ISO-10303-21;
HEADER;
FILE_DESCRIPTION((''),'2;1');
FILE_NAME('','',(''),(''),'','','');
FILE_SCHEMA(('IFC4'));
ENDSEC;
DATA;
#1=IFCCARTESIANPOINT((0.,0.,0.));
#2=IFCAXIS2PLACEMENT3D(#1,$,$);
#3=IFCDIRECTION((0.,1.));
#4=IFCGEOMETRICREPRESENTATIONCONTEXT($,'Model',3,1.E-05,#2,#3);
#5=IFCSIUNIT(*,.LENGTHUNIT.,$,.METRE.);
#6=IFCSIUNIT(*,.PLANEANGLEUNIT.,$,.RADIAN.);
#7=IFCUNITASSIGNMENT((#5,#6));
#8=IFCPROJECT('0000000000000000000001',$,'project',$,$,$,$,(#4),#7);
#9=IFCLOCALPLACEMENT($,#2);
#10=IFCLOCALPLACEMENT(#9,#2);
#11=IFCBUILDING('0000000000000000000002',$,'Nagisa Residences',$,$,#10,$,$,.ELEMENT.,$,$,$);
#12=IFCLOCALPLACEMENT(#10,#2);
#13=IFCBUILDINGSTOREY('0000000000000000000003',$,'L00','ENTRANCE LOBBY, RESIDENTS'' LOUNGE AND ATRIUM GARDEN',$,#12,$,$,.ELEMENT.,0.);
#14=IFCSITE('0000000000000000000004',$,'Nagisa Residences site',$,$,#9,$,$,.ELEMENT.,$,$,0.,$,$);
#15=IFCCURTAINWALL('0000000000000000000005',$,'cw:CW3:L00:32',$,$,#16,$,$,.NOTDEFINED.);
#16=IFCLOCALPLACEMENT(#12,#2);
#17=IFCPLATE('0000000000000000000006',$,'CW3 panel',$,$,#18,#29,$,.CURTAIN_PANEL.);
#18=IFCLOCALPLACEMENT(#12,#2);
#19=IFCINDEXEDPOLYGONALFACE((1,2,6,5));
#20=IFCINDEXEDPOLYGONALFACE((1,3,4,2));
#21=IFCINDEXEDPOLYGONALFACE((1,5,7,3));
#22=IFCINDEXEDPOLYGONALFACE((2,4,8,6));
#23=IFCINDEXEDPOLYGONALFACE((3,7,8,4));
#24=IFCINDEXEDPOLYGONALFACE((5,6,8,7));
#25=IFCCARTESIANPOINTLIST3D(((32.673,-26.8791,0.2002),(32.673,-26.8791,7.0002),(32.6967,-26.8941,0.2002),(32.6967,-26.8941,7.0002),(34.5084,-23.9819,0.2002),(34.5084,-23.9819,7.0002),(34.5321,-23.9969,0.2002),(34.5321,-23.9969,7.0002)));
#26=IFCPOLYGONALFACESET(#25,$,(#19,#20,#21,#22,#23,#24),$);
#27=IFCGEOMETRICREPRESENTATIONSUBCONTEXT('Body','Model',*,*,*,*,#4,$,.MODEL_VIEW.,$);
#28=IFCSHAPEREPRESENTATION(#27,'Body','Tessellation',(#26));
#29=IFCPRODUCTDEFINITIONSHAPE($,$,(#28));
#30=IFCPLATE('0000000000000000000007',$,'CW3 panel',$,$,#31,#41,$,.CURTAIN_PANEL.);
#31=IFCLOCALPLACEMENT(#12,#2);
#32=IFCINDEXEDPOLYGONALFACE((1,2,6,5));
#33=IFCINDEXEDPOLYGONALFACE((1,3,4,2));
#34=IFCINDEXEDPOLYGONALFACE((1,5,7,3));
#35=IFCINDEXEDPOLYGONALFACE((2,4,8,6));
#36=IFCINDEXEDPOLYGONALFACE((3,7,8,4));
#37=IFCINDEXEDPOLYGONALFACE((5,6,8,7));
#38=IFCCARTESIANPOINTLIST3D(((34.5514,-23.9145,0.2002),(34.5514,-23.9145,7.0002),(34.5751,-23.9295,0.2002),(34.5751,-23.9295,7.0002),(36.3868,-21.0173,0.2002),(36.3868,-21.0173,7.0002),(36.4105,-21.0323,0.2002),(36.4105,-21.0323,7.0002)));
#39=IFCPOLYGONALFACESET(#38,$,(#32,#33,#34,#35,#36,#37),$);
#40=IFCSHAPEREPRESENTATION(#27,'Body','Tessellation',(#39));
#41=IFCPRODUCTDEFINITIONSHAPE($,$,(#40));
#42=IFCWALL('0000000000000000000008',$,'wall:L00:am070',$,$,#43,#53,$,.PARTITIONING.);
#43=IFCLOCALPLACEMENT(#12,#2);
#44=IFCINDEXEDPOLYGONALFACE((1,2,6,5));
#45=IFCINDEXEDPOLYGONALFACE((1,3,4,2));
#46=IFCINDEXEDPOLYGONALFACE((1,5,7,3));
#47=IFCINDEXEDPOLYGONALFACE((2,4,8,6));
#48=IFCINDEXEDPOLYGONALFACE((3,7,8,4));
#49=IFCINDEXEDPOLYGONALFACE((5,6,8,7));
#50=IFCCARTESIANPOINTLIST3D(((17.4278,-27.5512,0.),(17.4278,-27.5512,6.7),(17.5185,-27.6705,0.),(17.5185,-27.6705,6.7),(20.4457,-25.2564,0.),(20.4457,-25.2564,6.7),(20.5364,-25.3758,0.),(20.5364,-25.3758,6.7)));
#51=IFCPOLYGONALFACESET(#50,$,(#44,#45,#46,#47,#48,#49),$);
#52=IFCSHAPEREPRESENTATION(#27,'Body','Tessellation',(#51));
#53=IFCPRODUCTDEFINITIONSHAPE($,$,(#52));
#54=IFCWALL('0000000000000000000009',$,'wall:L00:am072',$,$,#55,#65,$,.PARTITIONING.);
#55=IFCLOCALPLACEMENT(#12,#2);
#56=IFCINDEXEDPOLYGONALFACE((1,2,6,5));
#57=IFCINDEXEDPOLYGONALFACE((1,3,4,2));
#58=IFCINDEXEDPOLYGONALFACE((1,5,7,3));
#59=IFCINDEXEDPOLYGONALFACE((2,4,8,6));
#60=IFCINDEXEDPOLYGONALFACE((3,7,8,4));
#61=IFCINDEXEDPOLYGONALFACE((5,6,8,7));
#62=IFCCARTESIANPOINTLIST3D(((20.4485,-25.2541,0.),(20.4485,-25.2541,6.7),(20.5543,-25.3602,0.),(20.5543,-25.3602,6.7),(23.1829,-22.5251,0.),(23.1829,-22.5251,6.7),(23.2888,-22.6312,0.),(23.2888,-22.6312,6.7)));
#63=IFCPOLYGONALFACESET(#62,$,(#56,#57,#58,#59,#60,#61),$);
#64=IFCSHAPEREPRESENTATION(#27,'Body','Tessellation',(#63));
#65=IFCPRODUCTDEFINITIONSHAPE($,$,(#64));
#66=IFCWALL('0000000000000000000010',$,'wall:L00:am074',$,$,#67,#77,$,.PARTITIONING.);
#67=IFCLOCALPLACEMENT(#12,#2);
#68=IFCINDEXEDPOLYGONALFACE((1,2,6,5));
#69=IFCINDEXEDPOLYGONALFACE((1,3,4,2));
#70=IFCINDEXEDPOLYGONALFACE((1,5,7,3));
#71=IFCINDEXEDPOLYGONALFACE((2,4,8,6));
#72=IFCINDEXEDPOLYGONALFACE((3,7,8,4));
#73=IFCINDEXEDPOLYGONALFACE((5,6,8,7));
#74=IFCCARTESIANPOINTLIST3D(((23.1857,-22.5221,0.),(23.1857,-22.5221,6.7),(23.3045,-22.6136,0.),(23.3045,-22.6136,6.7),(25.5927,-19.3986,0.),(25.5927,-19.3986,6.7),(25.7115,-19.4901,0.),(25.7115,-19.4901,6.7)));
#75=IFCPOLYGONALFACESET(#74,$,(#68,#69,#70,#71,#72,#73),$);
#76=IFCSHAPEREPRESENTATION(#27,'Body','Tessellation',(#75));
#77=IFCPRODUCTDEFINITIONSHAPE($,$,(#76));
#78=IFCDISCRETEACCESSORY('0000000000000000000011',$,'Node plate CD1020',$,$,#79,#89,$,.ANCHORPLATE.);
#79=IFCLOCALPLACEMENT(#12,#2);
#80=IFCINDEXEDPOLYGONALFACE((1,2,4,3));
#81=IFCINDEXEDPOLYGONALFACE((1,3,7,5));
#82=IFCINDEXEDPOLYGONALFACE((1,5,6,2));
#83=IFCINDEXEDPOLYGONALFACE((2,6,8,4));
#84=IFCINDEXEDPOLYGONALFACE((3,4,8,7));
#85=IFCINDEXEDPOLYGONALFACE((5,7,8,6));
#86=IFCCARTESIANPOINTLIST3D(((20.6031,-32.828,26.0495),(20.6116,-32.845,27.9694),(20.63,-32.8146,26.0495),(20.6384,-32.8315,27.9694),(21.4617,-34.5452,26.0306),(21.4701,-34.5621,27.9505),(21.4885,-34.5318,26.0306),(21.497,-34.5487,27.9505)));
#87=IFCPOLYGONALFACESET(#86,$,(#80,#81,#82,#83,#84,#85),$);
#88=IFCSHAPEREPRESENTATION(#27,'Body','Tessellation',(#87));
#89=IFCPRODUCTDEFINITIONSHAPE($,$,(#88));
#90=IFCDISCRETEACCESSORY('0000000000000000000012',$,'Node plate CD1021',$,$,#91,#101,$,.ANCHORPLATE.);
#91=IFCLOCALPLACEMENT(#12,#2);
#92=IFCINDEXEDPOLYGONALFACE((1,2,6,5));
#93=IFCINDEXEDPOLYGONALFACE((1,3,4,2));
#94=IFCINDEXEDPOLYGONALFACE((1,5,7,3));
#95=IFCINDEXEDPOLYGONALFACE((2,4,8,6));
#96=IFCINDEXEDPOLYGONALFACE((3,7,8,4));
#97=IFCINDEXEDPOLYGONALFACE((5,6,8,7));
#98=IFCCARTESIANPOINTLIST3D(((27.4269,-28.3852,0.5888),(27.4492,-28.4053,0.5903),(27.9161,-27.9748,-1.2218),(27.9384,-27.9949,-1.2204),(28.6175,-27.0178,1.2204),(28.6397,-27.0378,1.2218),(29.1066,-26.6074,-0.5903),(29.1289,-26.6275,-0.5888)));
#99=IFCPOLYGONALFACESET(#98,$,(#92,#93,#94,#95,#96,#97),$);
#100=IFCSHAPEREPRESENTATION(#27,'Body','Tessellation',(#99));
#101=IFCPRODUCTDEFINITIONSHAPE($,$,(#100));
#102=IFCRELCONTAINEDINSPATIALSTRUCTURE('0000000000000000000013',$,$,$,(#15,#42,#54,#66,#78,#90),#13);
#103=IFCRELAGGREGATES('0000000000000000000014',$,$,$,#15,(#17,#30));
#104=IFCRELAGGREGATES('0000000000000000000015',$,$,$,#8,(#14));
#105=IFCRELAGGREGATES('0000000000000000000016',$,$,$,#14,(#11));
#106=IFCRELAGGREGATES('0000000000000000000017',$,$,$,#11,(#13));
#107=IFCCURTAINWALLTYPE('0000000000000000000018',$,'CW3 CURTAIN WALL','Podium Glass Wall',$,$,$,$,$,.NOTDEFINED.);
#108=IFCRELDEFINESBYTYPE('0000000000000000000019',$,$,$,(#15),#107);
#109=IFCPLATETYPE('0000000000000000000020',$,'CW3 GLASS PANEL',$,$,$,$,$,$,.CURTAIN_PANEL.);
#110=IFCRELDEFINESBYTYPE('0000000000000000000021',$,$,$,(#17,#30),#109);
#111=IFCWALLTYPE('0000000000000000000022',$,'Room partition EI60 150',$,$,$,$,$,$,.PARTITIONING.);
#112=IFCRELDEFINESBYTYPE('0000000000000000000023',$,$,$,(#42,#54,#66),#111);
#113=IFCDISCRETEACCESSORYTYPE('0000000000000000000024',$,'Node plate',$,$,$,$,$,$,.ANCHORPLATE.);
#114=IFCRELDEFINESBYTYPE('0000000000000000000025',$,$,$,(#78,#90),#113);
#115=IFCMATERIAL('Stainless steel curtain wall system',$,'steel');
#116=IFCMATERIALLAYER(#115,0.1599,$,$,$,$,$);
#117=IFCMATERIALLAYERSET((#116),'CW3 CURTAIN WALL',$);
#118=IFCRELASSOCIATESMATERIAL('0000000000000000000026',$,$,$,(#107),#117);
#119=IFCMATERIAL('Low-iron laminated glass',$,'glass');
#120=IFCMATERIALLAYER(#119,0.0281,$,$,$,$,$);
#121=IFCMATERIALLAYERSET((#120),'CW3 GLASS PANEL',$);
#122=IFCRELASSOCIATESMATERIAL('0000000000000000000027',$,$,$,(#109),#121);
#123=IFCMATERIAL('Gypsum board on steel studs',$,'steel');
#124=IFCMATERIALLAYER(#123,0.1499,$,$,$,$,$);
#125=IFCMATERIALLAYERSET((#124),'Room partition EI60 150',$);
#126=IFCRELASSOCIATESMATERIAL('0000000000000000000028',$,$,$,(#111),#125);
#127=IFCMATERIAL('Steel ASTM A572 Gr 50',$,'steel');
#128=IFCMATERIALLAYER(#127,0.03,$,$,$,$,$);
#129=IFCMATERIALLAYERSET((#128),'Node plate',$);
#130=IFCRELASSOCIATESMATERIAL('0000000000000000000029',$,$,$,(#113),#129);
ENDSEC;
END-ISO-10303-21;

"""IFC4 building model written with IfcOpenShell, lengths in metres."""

from ifc_helpers import new_model, si_unit, direction, frame, frame_2d, origin, origin_2d, place, context, subcontext, project, spatial, rectangle, extrude, material, layer, layer_set, type_object, element, aggregate, save


model = new_model("IFC4")

# Units and contexts
model_context = context("Model", 3, precision=1e-05, world=origin(), true_north=direction((0.0, 1.0)))
body_context = subcontext(model_context, "Body", "Model", "MODEL_VIEW")
ifc_project = project(units=[si_unit("LENGTHUNIT", "METRE"), si_unit("PLANEANGLEUNIT", "RADIAN")], contexts=[model_context])

# Site, building, storey
site_placement = place(None, origin())
site = spatial("IfcSite", under=ifc_project, at=site_placement, Name="Nagisa Residences site", CompositionType="ELEMENT", RefElevation=0.0)
building_placement = place(site_placement, origin())
building = spatial("IfcBuilding", under=site, at=building_placement, Name="Nagisa Residences", CompositionType="ELEMENT")
storey_placement = place(building_placement, origin())
storey = spatial("IfcBuildingStorey", under=building, at=storey_placement, Name="L00", Description="ENTRANCE LOBBY, RESIDENTS' LOUNGE AND ATRIUM GARDEN", CompositionType="ELEMENT", Elevation=0.0)

# Curtain wall
ifc_material_1 = material(Name="Stainless steel curtain wall system", Category="steel")
ifc_layer_1 = layer(ifc_material_1, 0.1599)
ifc_layer_set_1 = layer_set([ifc_layer_1], Name="CW3 CURTAIN WALL")
curtain_wall_type = type_object("IfcCurtainWallType", Name="CW3 CURTAIN WALL", Description="Podium Glass Wall", PredefinedType="NOTDEFINED", material=ifc_layer_set_1)
curtain_wall_1_placement = place(storey_placement, origin())
curtain_wall_1 = element("IfcCurtainWall", 1, at=curtain_wall_1_placement, inside=storey, type_object=curtain_wall_type, Name="cw:CW3:L00:32", PredefinedType="NOTDEFINED")

# Plates
ifc_material_2 = material(Name="Low-iron laminated glass", Category="glass")
ifc_layer_2 = layer(ifc_material_2, 0.0281)
ifc_layer_set_2 = layer_set([ifc_layer_2], Name="CW3 GLASS PANEL")
plate_type = type_object("IfcPlateType", Name="CW3 GLASS PANEL", PredefinedType="CURTAIN_PANEL", material=ifc_layer_set_2)
plate_1_placement = place(storey_placement, frame((33.6025, -25.438, 0.2002), z_axis=(0.0, 0.0, 1.0), x_axis=(0.535165, 0.844747, 0.0)))
plate_1 = element("IfcPlate", 2, at=plate_1_placement, type_object=plate_type, Name="CW3 panel", PredefinedType="CURTAIN_PANEL", context=body_context, shape_type="SweptSolid", body=[
    extrude(rectangle(XDim=3.4297, YDim=0.0281, at=origin_2d()), origin(), (0.0, 0.0, 1.0), 6.8),
])
plate_2_placement = place(storey_placement, frame((35.481, -22.4734, 0.2002), z_axis=(0.0, 0.0, 1.0), x_axis=(0.535165, 0.844747, 0.0)))
plate_2 = element("IfcPlate", 3, at=plate_2_placement, type_object=plate_type, Name="CW3 panel", PredefinedType="CURTAIN_PANEL", context=body_context, shape_type="SweptSolid", body=[
    extrude(rectangle(XDim=3.4297, YDim=0.0281, at=origin_2d()), origin(), (0.0, 0.0, 1.0), 6.8),
])
aggregate(curtain_wall_1, [plate_1, plate_2])

# Walls
ifc_material_3 = material(Name="Gypsum board on steel studs", Category="steel")
ifc_layer_3 = layer(ifc_material_3, 0.1499)
ifc_layer_set_3 = layer_set([ifc_layer_3], Name="Room partition EI60 150")
wall_type_1 = type_object("IfcWallType", Name="Room partition EI60 150", PredefinedType="PARTITIONING", material=ifc_layer_set_3)
wall_1_placement = place(storey_placement, frame((20.491, -25.3162, 0.0), z_axis=(0.0, 0.0, 1.0), x_axis=(-0.796018, -0.605273, 0.0)))
element("IfcWall", 4, at=wall_1_placement, inside=storey, type_object=wall_type_1, Name="wall:L00:am070", PredefinedType="PARTITIONING", context=body_context, shape_type="SweptSolid", body=[
    extrude(rectangle(XDim=3.7913, YDim=0.1499, at=frame_2d((1.8955, 0.0))), origin(), (0.0, 0.0, 1.0), 6.7),
])
wall_2_placement = place(storey_placement, frame((23.2358, -22.5781, 0.0), z_axis=(0.0, 0.0, 1.0), x_axis=(-0.707802, -0.706411, 0.0)))
element("IfcWall", 5, at=wall_2_placement, inside=storey, type_object=wall_type_1, Name="wall:L00:am072", PredefinedType="PARTITIONING", context=body_context, shape_type="SweptSolid", body=[
    extrude(rectangle(XDim=3.8633, YDim=0.1499, at=frame_2d((1.9316, 0.0))), origin(), (0.0, 0.0, 1.0), 6.7),
])
wall_3_placement = place(storey_placement, frame((25.6521, -19.4443, 0.0), z_axis=(0.0, 0.0, 1.0), x_axis=(-0.61039, -0.792101, 0.0)))
element("IfcWall", 6, at=wall_3_placement, inside=storey, type_object=wall_type_1, Name="wall:L00:am074", PredefinedType="PARTITIONING", context=body_context, shape_type="SweptSolid", body=[
    extrude(rectangle(XDim=3.9434, YDim=0.1499, at=frame_2d((1.9717, 0.0))), origin(), (0.0, 0.0, 1.0), 6.7),
])

# Discrete accessories
ifc_material_4 = material(Name="Steel ASTM A572 Gr 50", Category="steel")
ifc_layer_4 = layer(ifc_material_4, 0.03)
ifc_layer_set_4 = layer_set([ifc_layer_4], Name="Node plate")
discrete_accessory_type = type_object("IfcDiscreteAccessoryType", Name="Node plate", PredefinedType="ANCHORPLATE", material=ifc_layer_set_4)
for number, where, z_axis, x_axis, name in (
    (7, (21.0366, -33.6951, 27.0), (0.894427, 0.447214, 0.0), (-0.004407, 0.008813, -0.999951), "Node plate CD1020"),
    (8, (28.2891, -27.5164, 0.0007), (-0.741999, 0.668614, -0.048923), (-0.254795, -0.213755, 0.943074), "Node plate CD1021"),
):
    element("IfcDiscreteAccessory", number, at=place(storey_placement, frame(where, z_axis=z_axis, x_axis=x_axis)), inside=storey, type_object=discrete_accessory_type, Name=name, PredefinedType="ANCHORPLATE", context=body_context, shape_type="SweptSolid", body=[
        extrude(rectangle(XDim=1.9199, YDim=1.9199, at=origin_2d()), origin(), (0.0, 0.0, 1.0), 0.03),
    ])

save(model, "model.ifc")
